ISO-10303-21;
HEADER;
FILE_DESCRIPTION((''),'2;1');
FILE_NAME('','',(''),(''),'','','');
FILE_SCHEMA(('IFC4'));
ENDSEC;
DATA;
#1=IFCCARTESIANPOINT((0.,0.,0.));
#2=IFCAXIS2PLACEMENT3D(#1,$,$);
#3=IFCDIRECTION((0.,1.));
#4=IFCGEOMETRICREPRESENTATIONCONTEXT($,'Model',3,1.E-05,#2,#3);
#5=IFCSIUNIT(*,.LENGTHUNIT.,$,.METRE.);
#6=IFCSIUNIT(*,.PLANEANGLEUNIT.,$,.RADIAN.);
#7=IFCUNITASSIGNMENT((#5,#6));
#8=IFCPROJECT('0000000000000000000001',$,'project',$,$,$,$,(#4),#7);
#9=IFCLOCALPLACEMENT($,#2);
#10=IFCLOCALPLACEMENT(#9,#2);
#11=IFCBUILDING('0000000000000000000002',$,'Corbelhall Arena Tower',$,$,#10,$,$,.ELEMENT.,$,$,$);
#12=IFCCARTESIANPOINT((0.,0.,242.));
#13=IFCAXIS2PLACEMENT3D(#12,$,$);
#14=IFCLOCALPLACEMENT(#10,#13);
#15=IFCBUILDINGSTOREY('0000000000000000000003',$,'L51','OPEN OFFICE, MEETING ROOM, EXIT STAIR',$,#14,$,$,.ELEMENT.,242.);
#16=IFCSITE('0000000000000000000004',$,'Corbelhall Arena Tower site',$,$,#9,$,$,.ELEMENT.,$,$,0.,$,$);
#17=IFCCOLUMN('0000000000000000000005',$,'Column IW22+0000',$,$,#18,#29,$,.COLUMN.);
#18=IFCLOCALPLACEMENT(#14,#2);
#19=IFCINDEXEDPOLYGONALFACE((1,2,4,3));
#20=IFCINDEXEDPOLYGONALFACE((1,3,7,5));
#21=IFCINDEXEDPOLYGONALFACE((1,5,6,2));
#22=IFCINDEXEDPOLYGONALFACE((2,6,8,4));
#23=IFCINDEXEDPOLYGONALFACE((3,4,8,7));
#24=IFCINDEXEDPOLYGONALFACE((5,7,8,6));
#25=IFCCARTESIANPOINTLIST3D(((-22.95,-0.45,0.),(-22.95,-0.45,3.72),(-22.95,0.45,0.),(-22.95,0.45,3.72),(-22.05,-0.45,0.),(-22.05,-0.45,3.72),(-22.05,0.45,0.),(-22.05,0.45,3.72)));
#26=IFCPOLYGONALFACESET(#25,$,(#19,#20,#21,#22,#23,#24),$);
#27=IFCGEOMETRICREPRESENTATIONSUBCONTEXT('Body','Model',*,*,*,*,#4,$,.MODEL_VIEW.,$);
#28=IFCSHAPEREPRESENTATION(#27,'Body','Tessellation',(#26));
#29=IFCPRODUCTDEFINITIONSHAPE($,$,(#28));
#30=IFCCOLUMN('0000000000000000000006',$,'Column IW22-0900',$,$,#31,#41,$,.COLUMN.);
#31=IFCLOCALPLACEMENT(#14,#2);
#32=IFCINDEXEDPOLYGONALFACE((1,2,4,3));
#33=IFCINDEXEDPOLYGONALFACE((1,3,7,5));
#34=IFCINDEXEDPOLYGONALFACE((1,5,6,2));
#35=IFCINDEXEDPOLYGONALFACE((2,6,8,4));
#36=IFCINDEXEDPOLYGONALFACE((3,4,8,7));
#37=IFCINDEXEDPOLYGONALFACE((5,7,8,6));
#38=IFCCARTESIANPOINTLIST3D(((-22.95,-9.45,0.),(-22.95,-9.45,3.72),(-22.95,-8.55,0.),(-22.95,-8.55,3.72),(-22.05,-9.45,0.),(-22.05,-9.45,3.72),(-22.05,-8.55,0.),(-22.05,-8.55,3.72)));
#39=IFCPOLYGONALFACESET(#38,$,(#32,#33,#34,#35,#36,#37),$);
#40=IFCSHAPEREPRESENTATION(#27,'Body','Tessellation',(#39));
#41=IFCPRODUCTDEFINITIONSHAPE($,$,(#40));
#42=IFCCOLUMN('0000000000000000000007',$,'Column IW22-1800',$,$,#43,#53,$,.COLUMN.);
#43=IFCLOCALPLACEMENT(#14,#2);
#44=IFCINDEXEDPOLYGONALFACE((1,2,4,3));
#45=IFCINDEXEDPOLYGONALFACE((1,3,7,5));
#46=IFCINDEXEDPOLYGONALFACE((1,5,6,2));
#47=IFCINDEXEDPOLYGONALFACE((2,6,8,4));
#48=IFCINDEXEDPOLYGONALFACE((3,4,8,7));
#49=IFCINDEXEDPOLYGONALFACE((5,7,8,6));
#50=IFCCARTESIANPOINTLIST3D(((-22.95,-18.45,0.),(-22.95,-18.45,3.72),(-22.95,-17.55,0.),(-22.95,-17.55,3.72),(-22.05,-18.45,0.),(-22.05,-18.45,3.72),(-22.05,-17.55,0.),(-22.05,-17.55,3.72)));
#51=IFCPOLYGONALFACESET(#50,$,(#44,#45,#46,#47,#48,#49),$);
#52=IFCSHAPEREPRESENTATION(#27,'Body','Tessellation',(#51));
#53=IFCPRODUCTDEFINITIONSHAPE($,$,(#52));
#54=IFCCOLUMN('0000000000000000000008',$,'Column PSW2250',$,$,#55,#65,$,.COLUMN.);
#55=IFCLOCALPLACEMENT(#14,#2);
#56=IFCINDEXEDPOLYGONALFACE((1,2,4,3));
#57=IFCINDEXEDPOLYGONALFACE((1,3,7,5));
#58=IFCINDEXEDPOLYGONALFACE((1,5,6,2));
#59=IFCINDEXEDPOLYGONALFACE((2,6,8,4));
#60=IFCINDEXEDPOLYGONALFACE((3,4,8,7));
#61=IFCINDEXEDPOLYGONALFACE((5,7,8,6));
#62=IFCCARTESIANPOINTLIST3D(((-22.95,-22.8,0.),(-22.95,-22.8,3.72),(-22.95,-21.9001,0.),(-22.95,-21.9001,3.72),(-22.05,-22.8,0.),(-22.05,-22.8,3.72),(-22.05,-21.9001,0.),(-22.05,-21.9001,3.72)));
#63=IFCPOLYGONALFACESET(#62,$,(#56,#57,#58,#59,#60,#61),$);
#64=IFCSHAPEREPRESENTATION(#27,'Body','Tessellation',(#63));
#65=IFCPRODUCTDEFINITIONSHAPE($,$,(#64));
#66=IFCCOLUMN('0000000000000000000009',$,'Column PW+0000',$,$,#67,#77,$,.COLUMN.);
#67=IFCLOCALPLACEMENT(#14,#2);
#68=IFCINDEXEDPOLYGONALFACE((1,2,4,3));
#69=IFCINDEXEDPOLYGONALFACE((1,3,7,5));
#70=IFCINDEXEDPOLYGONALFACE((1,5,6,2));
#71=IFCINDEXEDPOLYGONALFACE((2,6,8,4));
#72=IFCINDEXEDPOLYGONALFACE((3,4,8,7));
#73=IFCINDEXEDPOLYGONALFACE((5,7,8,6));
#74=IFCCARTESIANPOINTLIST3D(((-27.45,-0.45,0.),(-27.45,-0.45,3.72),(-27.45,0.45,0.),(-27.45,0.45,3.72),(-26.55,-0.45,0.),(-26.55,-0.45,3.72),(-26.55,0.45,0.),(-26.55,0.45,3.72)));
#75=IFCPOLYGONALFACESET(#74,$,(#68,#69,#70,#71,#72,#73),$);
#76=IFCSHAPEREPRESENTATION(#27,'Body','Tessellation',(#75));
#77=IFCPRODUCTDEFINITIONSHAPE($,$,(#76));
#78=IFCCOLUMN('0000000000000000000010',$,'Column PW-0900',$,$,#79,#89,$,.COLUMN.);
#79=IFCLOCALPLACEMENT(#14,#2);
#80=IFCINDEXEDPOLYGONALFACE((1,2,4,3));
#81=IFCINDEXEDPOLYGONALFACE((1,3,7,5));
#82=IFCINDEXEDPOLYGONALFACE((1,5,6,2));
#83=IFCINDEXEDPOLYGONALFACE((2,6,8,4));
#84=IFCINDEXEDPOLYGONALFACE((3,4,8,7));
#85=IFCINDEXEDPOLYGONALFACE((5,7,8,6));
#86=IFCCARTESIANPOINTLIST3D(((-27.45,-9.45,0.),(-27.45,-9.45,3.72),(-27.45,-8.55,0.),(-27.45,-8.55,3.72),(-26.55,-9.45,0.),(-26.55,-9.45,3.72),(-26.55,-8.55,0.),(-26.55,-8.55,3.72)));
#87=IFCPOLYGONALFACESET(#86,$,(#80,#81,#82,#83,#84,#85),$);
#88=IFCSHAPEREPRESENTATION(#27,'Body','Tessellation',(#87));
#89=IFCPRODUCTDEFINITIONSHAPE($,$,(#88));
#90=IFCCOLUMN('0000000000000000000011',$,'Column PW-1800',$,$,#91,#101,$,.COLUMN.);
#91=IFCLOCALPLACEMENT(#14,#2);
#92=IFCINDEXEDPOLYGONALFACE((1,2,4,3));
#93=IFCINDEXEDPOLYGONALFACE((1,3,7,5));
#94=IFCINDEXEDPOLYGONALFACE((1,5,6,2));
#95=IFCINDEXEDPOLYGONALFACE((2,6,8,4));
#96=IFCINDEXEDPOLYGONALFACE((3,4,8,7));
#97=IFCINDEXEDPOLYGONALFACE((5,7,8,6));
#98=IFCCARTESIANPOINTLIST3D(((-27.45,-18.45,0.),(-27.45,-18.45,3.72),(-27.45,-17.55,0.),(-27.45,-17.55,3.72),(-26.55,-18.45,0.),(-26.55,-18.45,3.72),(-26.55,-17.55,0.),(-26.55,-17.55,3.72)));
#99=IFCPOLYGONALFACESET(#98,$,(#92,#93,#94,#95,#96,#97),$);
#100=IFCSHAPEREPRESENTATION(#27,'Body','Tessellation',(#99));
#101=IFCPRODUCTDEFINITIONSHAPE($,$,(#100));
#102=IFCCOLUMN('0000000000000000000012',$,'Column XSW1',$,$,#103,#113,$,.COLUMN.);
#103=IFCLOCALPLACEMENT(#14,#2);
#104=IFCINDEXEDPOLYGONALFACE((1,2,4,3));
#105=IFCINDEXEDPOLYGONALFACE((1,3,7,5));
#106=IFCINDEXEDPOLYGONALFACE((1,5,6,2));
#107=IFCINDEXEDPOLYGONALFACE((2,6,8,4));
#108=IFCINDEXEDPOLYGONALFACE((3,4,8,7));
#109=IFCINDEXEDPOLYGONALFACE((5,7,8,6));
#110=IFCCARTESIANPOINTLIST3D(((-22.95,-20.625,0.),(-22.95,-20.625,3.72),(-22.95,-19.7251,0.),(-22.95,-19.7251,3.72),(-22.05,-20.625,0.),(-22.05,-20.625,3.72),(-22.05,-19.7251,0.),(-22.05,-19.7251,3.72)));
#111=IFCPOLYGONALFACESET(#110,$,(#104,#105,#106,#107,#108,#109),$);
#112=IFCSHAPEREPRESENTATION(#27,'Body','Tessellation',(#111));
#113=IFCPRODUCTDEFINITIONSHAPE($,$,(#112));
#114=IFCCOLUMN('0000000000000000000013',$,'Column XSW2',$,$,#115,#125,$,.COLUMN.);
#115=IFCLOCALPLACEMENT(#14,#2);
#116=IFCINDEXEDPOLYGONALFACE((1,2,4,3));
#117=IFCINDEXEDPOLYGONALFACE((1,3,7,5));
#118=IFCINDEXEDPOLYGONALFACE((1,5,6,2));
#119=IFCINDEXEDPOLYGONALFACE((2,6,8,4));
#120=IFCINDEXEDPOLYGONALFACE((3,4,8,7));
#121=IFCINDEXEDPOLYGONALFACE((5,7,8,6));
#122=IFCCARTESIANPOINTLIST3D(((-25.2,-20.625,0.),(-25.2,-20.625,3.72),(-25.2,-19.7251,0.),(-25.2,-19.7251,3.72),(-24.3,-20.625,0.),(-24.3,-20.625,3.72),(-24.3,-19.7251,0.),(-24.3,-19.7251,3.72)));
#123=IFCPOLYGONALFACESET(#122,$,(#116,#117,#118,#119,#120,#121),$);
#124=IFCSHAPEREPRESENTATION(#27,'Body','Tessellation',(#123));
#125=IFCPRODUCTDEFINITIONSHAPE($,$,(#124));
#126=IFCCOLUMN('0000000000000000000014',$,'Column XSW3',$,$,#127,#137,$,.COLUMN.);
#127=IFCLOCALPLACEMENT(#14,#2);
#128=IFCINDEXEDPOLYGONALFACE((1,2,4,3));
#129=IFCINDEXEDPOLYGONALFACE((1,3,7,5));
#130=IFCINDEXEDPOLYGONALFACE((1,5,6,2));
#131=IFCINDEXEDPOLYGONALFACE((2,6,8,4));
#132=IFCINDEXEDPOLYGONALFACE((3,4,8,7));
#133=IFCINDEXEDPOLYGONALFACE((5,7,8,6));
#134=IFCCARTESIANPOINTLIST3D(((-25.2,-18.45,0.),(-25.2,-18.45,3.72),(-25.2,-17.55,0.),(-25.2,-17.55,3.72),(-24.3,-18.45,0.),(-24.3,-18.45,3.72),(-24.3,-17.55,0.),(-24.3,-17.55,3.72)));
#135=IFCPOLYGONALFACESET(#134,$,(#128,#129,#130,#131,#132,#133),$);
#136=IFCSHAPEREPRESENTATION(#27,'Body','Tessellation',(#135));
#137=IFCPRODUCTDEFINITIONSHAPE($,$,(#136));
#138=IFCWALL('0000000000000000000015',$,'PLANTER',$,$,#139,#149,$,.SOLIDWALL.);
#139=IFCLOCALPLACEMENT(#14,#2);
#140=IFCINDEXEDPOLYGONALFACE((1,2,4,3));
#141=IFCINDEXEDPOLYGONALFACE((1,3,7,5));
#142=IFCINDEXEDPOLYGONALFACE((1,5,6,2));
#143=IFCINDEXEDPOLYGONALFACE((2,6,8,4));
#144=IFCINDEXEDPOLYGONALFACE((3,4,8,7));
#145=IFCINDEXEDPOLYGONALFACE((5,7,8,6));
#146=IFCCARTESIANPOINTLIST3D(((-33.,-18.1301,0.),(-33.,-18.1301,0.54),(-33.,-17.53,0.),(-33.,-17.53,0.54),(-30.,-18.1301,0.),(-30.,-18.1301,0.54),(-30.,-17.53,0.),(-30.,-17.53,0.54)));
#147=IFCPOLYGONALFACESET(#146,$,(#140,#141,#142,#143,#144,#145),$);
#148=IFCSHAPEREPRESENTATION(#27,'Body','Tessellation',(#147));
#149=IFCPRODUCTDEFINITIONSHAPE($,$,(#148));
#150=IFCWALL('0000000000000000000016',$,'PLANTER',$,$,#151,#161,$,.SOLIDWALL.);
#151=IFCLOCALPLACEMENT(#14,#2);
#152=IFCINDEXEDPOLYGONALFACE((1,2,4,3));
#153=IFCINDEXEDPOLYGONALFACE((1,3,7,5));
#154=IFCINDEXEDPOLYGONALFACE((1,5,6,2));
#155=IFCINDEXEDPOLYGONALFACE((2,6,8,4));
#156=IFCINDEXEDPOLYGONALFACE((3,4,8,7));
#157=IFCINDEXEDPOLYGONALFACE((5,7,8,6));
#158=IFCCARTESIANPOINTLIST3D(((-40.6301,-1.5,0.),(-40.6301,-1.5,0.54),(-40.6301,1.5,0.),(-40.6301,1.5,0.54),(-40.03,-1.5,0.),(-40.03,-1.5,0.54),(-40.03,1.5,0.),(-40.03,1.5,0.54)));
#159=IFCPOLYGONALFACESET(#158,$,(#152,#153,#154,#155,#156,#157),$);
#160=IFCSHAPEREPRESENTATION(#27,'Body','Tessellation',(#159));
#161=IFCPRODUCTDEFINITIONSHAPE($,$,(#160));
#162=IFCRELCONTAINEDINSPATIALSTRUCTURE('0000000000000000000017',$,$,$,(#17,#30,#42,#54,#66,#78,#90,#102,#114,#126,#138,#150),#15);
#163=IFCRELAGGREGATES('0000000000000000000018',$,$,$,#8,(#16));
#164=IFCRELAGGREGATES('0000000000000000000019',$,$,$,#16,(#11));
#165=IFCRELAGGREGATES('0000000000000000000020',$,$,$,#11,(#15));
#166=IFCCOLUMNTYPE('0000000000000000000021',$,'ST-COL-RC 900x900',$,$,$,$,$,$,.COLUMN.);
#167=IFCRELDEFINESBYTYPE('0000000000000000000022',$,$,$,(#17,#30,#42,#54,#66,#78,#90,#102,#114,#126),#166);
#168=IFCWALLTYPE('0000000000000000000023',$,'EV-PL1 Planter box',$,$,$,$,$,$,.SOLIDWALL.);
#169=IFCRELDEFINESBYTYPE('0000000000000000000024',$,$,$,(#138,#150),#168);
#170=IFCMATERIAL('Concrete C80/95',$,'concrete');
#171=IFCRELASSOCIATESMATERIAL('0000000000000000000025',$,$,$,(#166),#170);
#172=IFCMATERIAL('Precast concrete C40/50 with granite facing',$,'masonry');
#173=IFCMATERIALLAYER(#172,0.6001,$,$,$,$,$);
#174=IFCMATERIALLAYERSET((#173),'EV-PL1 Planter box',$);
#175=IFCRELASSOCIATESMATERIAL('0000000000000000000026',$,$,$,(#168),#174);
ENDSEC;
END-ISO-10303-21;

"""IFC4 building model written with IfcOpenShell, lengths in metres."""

from ifc_helpers import new_model, si_unit, direction, frame, frame_2d, origin, origin_2d, place, context, subcontext, project, spatial, rectangle, extrude, material, layer, layer_set, material_profile, profile_set, type_object, element, save


model = new_model("IFC4")

# Units and contexts
model_context = context("Model", 3, precision=1e-05, world=origin(), true_north=direction((0.0, 1.0)))
body_context = subcontext(model_context, "Body", "Model", "MODEL_VIEW")
ifc_project = project(units=[si_unit("LENGTHUNIT", "METRE"), si_unit("PLANEANGLEUNIT", "RADIAN")], contexts=[model_context])

# Site, building, storey
site_placement = place(None, origin())
site = spatial("IfcSite", under=ifc_project, at=site_placement, Name="Corbelhall Arena Tower site", CompositionType="ELEMENT", RefElevation=0.0)
building_placement = place(site_placement, origin())
building = spatial("IfcBuilding", under=site, at=building_placement, Name="Corbelhall Arena Tower", CompositionType="ELEMENT")
storey_placement = place(building_placement, frame((0.0, 0.0, 242.0)))
storey = spatial("IfcBuildingStorey", under=building, at=storey_placement, Name="L51", Description="OPEN OFFICE, MEETING ROOM, EXIT STAIR", CompositionType="ELEMENT", Elevation=242.0)

# Columns
ifc_material_1 = material(Name="Concrete C80/95", Category="concrete")
ifc_material_profile = material_profile(ifc_material_1, rectangle(XDim=0.8999, YDim=0.8999, at=origin_2d()))
ifc_profile_set = profile_set([ifc_material_profile], Name="Concrete C80/95")
column_type = type_object("IfcColumnType", Name="ST-COL-RC 900x900", PredefinedType="COLUMN", material=ifc_profile_set)
for number, where, z_axis, x_axis, name in (
    (1, (-22.5, 0.0, 0.0), (0.0, 0.0, 1.0), (1.0, 0.0, 0.0), "Column IW22+0000"),
    (2, (-22.5, -9.0, 0.0), (0.0, 0.0, 1.0), (1.0, 0.0, 0.0), "Column IW22-0900"),
    (3, (-22.5, -18.0, 0.0), (0.0, 0.0, 1.0), (1.0, 0.0, 0.0), "Column IW22-1800"),
    (4, (-22.5, -22.3501, 0.0), (0.0, 0.0, 1.0), (1.0, 0.0, 0.0), "Column PSW2250"),
    (5, (-27.0, 0.0, 0.0), (0.0, 0.0, 1.0), (0.0, 1.0, 0.0), "Column PW+0000"),
    (6, (-27.0, -9.0, 0.0), (0.0, 0.0, 1.0), (0.0, 1.0, 0.0), "Column PW-0900"),
    (7, (-27.0, -18.0, 0.0), (0.0, 0.0, 1.0), (0.0, 1.0, 0.0), "Column PW-1800"),
    (8, (-22.5, -20.175, 0.0), (0.0, 0.0, 1.0), (1.0, 0.0, 0.0), "Column XSW1"),
    (9, (-24.75, -20.175, 0.0), (0.0, 0.0, 1.0), (1.0, 0.0, 0.0), "Column XSW2"),
    (10, (-24.75, -18.0, 0.0), (0.0, 0.0, 1.0), (1.0, 0.0, 0.0), "Column XSW3"),
):
    element("IfcColumn", number, at=place(storey_placement, frame(where, z_axis=z_axis, x_axis=x_axis)), inside=storey, type_object=column_type, Name=name, PredefinedType="COLUMN", context=body_context, shape_type="SweptSolid", body=[
        extrude(rectangle(XDim=0.8999, YDim=0.8999, at=origin_2d()), origin(), (0.0, 0.0, 1.0), 3.72),
    ])

# Shared definitions
ifc_material_2 = material(Name="Precast concrete C40/50 with granite facing", Category="masonry")

# Walls
ifc_layer_1 = layer(ifc_material_2, 0.6001)
ifc_layer_set_1 = layer_set([ifc_layer_1], Name="EV-PL1 Planter box")
wall_type_1 = type_object("IfcWallType", Name="EV-PL1 Planter box", PredefinedType="SOLIDWALL", material=ifc_layer_set_1)
for number, where, z_axis, x_axis, name in (
    (11, (-30.0, -17.8301, 0.0), (0.0, 0.0, 1.0), (-1.0, 0.0, 0.0), "PLANTER"),
    (12, (-40.3301, -1.5, 0.0), (0.0, 0.0, 1.0), (0.0, 1.0, 0.0), "PLANTER"),
):
    element("IfcWall", number, at=place(storey_placement, frame(where, z_axis=z_axis, x_axis=x_axis)), inside=storey, type_object=wall_type_1, Name=name, PredefinedType="SOLIDWALL", context=body_context, shape_type="SweptSolid", body=[
        extrude(rectangle(XDim=3.0, YDim=0.6001, at=frame_2d((1.5, 0.0))), origin(), (0.0, 0.0, 1.0), 0.54),
    ])

save(model, "model.ifc")
